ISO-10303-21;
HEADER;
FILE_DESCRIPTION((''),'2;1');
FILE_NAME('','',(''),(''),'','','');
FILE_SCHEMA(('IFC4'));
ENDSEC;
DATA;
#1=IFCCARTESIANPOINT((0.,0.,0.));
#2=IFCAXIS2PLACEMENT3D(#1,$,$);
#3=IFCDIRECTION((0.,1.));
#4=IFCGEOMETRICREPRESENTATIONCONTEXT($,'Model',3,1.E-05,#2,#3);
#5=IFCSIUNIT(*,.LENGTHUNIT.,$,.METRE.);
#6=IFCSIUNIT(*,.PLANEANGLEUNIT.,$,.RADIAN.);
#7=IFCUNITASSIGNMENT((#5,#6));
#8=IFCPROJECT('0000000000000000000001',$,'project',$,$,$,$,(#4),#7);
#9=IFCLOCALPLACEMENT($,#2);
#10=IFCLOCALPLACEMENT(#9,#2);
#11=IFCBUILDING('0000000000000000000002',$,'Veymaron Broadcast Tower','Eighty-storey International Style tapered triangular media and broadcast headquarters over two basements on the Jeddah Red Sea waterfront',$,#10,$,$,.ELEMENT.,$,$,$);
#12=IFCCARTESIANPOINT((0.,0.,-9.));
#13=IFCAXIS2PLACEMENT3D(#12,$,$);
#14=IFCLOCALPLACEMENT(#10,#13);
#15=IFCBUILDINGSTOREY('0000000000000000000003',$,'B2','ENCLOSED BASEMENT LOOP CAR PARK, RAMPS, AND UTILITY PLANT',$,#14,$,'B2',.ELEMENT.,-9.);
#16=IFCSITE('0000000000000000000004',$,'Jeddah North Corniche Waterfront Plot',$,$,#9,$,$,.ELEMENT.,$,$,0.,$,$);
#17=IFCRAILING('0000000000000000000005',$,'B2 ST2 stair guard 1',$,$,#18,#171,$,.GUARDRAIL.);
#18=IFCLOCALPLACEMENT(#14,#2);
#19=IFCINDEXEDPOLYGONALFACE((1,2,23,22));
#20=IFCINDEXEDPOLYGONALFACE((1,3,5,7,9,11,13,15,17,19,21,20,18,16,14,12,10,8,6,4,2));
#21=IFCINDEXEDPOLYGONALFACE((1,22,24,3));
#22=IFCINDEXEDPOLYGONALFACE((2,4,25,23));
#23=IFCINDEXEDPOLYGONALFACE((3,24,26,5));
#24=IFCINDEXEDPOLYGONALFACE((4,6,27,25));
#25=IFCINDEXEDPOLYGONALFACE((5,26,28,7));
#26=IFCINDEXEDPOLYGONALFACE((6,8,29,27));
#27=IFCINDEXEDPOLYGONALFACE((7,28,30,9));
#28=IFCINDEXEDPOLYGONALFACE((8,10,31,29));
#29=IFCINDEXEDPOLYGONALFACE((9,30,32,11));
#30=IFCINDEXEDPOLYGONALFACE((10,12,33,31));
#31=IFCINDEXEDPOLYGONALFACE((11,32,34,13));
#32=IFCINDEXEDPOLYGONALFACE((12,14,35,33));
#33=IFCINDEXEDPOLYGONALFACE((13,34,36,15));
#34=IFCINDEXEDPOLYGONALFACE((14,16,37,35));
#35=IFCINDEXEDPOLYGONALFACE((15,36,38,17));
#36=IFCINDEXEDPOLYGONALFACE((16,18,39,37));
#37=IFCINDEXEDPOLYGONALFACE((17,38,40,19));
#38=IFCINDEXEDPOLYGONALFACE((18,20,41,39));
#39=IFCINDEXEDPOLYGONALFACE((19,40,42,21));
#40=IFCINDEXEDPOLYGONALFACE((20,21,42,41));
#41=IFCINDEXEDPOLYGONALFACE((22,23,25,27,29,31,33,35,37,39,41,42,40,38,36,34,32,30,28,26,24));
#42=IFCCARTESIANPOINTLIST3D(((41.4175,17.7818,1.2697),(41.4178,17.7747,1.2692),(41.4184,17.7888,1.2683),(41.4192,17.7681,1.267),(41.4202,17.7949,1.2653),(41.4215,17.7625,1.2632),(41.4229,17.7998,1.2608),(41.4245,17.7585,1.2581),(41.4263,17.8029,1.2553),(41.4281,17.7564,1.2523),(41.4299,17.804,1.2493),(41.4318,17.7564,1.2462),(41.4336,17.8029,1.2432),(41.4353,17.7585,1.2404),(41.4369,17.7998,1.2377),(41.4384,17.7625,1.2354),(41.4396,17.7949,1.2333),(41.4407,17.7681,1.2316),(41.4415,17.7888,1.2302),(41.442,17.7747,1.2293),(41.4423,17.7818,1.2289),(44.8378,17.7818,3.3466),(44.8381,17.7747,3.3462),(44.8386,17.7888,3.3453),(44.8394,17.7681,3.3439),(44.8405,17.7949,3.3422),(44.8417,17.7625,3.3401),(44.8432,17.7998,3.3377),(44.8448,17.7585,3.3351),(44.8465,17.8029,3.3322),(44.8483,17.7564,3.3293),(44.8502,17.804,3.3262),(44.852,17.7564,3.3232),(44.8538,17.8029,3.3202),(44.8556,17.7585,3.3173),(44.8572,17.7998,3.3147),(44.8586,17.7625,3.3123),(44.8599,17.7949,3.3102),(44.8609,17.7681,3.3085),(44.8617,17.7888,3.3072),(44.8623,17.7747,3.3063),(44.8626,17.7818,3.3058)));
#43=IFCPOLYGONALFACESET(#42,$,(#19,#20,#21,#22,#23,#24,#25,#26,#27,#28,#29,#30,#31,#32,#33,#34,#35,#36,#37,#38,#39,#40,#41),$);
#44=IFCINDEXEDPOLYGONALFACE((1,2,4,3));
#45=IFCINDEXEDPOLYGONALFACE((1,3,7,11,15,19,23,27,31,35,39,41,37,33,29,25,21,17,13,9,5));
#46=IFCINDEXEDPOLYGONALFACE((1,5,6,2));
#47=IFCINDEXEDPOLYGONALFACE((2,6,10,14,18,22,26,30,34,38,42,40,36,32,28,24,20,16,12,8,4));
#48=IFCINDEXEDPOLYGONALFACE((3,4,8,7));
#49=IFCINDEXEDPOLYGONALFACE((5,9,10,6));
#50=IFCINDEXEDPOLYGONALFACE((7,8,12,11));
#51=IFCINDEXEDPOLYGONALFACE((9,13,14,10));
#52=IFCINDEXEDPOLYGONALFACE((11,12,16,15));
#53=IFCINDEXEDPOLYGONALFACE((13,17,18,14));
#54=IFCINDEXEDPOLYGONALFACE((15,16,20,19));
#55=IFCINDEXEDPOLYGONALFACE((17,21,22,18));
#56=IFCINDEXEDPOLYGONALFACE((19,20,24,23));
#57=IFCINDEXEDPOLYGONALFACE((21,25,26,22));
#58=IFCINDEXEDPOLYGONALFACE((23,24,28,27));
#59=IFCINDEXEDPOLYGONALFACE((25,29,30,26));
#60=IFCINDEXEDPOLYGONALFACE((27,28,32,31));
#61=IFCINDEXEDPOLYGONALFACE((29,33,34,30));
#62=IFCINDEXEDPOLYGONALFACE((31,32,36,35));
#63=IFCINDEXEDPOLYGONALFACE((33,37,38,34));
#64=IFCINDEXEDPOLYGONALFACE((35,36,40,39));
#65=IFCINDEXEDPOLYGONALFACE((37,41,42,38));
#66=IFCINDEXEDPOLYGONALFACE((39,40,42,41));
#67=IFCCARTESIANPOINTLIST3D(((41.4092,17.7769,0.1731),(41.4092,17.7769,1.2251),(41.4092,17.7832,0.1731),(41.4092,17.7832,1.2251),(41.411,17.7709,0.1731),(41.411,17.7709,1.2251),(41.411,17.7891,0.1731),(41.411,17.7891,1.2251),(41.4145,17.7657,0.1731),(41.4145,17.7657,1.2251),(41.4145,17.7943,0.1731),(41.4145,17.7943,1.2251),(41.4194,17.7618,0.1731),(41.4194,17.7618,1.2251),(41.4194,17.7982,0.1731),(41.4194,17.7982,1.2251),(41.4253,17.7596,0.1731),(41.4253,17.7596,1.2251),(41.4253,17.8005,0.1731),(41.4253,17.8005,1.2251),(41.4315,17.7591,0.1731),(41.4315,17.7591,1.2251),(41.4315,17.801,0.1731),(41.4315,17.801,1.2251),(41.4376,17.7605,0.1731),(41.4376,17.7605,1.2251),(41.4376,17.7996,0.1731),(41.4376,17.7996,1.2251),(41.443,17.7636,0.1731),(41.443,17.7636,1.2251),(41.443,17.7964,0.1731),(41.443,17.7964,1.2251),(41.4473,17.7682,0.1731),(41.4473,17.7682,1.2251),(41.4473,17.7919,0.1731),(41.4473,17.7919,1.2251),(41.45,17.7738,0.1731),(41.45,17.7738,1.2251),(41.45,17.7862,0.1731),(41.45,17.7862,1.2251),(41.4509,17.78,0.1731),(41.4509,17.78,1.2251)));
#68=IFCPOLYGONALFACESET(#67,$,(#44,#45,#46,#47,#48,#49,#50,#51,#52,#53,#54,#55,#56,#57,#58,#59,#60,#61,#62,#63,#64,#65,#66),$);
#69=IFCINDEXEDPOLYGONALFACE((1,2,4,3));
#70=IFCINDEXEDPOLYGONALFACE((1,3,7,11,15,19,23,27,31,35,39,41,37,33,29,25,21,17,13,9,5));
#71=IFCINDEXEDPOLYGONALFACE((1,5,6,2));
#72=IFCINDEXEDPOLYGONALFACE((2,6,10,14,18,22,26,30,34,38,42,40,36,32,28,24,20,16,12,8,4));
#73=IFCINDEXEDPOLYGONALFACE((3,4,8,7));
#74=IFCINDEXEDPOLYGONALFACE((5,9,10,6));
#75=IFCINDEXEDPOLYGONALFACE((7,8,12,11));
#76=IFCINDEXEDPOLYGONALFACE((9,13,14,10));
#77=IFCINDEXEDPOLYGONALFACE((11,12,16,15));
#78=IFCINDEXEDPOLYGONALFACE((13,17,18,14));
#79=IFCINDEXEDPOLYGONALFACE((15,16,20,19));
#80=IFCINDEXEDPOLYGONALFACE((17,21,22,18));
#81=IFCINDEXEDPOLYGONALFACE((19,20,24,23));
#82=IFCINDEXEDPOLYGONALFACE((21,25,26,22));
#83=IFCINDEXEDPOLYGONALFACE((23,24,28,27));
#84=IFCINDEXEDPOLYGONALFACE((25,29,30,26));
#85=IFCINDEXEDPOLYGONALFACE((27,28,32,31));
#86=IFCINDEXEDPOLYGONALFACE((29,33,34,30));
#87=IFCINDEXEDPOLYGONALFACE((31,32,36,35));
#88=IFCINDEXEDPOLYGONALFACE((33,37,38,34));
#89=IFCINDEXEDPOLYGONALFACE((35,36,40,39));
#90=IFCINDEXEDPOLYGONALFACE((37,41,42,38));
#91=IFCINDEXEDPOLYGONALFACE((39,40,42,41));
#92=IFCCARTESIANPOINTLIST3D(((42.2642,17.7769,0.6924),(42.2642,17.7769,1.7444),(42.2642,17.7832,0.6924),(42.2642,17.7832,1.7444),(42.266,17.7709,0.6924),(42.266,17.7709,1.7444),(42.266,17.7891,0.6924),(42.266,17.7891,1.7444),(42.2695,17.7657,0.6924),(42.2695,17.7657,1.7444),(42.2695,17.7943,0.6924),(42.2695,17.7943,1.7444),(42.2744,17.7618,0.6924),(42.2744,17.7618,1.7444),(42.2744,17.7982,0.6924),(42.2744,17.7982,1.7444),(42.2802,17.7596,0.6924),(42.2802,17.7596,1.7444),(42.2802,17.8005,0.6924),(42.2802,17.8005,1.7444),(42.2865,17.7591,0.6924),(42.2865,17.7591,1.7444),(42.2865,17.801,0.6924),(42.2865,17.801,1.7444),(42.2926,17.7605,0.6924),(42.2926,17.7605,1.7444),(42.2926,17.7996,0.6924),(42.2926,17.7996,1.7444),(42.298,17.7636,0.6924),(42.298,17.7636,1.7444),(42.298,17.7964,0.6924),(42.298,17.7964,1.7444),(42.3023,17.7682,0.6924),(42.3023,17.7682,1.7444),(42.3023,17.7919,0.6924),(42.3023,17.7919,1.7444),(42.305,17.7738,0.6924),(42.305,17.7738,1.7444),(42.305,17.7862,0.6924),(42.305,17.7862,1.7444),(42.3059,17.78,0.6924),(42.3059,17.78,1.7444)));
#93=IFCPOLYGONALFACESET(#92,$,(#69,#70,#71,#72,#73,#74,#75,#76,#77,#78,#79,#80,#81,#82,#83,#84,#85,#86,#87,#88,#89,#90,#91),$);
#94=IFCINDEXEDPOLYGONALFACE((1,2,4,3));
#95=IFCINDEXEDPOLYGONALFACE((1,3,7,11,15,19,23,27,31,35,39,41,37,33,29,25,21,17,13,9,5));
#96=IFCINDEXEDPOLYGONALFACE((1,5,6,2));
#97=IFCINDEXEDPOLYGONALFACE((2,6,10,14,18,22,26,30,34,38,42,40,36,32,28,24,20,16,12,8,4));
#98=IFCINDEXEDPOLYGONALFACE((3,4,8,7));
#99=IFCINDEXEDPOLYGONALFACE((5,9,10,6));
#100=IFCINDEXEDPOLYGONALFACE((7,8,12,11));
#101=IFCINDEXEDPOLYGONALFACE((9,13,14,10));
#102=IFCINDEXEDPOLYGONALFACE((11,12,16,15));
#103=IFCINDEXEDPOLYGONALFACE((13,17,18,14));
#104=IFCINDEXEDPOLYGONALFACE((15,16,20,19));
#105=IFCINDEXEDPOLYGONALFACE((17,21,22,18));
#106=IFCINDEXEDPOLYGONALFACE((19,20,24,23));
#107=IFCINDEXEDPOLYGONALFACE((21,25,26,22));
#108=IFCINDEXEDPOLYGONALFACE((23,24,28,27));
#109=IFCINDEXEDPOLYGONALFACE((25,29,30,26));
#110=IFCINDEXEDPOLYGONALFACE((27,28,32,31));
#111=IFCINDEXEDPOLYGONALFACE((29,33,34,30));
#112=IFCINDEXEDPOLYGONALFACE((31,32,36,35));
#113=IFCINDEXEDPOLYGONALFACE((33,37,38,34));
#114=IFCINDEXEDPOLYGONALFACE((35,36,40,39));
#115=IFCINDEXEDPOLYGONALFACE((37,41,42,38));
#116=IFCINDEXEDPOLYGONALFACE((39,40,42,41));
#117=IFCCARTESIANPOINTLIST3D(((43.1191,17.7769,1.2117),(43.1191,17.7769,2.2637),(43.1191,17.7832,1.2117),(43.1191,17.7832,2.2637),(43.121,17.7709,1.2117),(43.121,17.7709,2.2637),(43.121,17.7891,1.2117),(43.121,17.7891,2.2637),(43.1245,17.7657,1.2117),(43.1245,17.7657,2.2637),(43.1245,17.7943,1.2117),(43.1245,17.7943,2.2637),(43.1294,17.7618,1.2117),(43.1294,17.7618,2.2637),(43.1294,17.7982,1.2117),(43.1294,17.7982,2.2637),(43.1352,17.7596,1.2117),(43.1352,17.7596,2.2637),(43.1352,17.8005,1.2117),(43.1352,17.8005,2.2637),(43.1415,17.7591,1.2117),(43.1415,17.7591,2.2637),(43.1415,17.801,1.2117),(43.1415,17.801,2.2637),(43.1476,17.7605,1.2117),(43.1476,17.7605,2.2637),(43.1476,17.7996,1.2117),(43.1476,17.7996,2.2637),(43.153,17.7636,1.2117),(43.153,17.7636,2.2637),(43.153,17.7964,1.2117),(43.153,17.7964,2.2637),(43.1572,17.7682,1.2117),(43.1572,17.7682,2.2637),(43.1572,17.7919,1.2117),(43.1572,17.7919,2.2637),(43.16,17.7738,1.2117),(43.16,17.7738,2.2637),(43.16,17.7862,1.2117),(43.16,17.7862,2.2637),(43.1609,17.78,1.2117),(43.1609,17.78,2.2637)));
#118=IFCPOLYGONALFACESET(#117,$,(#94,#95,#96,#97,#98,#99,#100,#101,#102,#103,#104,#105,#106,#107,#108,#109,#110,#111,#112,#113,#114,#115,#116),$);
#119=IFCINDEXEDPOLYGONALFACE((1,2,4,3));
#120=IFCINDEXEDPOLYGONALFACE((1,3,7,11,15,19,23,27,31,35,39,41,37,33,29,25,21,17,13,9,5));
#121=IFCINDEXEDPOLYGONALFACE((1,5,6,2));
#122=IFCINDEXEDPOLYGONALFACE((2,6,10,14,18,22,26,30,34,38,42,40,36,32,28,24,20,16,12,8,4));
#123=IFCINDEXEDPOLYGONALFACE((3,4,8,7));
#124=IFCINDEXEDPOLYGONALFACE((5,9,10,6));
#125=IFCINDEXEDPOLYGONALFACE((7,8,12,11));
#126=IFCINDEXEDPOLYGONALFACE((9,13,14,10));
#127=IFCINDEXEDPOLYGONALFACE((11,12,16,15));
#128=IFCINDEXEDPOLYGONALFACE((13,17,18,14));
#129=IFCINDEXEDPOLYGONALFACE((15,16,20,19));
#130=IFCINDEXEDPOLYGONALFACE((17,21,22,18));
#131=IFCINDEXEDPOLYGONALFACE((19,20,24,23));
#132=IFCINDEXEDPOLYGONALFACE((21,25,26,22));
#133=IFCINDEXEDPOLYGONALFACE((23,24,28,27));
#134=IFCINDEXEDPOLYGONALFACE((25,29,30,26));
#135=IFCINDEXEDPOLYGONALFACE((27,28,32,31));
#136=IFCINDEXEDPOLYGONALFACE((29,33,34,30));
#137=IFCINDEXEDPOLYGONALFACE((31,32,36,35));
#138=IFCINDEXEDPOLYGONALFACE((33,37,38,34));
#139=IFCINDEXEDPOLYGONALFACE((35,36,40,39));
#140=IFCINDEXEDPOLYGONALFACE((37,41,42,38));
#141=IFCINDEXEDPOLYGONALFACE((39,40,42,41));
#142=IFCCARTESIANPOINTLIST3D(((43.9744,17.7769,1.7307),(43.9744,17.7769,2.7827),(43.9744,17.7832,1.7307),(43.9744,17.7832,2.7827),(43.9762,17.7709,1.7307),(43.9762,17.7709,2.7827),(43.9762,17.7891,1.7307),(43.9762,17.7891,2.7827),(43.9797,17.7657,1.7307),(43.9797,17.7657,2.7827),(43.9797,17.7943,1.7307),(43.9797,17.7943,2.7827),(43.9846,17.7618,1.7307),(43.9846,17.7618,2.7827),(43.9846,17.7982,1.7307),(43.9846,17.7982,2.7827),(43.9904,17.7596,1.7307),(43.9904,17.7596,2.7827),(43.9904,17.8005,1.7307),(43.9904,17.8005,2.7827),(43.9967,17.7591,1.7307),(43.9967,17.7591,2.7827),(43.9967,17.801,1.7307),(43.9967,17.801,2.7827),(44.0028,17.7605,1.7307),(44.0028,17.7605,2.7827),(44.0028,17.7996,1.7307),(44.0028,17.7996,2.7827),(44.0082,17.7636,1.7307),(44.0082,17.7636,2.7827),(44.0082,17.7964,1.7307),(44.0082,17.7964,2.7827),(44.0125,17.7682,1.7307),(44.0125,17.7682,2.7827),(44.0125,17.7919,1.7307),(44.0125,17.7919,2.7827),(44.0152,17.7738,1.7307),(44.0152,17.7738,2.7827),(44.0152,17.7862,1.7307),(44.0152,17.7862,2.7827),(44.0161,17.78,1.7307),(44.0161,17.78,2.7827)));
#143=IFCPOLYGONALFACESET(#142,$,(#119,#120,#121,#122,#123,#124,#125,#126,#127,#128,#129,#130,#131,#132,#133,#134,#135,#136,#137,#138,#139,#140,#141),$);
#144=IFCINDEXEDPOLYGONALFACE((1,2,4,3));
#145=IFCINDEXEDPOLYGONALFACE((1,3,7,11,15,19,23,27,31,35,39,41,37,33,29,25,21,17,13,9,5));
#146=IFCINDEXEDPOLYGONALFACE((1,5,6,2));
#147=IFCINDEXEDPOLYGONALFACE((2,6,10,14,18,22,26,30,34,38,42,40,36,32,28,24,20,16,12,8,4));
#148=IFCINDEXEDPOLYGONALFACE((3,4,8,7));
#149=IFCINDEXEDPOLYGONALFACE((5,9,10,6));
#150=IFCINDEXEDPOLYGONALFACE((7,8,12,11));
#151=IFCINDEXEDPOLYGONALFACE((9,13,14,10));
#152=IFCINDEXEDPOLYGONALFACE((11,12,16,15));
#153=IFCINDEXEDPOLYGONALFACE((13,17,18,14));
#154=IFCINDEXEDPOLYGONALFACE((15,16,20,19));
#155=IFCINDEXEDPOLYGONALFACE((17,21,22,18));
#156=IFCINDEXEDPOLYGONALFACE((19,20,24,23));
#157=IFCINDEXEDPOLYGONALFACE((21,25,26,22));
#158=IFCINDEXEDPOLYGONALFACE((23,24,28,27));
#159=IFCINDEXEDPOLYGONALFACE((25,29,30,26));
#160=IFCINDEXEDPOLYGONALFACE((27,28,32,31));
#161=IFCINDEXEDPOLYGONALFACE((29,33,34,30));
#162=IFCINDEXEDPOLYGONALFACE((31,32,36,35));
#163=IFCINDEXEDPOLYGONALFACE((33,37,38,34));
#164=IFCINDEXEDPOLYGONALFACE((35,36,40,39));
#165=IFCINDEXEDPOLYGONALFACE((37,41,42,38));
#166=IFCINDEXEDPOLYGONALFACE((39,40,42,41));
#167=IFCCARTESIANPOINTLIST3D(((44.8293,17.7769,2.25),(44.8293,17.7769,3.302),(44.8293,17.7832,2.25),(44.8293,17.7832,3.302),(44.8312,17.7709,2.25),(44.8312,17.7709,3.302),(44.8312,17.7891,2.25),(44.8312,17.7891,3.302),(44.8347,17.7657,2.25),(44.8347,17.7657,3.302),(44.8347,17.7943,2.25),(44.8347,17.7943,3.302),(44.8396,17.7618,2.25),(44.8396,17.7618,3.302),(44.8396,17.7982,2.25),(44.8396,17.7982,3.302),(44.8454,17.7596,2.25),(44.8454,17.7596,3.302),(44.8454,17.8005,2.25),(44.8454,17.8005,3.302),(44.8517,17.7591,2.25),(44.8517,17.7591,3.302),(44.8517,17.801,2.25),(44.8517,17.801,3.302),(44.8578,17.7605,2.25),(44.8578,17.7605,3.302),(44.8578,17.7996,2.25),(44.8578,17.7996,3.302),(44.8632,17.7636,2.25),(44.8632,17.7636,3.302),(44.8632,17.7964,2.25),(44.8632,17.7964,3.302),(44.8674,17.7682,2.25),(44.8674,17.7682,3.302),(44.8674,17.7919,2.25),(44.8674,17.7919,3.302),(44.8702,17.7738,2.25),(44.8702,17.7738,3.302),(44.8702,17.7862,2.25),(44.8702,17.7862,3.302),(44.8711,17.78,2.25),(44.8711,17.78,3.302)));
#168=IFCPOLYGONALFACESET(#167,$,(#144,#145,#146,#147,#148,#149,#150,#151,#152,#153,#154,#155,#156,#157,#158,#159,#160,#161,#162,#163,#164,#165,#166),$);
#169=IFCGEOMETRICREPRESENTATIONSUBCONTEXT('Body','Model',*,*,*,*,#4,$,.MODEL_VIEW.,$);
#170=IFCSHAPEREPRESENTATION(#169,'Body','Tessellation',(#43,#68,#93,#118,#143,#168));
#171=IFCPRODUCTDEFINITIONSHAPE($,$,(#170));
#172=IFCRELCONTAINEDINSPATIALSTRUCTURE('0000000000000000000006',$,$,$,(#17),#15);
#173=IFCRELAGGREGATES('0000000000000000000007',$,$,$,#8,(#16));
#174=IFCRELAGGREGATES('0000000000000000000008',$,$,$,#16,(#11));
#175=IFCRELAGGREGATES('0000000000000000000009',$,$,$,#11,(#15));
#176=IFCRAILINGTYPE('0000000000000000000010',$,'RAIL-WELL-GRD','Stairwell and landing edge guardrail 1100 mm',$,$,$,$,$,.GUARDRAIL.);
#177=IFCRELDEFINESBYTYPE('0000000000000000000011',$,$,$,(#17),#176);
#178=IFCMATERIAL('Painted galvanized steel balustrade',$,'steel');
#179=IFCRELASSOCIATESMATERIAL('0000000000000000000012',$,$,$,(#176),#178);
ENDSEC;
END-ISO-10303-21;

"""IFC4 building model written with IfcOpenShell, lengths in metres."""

from ifc_helpers import new_model, si_unit, direction, frame, origin, origin_2d, place, context, subcontext, project, spatial, circle, extrude, material, type_object, element, save


model = new_model("IFC4")

# Units and contexts
model_context = context("Model", 3, precision=1e-05, world=origin(), true_north=direction((0.0, 1.0)))
body_context = subcontext(model_context, "Body", "Model", "MODEL_VIEW")
ifc_project = project(units=[si_unit("LENGTHUNIT", "METRE"), si_unit("PLANEANGLEUNIT", "RADIAN")], contexts=[model_context])

# Site, building, storey
site_placement = place(None, origin())
site = spatial("IfcSite", under=ifc_project, at=site_placement, Name="Jeddah North Corniche Waterfront Plot", CompositionType="ELEMENT", RefElevation=0.0)
building_placement = place(site_placement, origin())
building = spatial("IfcBuilding", under=site, at=building_placement, Name="Veymaron Broadcast Tower", Description="Eighty-storey International Style tapered triangular media and broadcast headquarters over two basements on the Jeddah Red Sea waterfront", CompositionType="ELEMENT")
storey_placement = place(building_placement, frame((0.0, 0.0, -9.0)))
storey = spatial("IfcBuildingStorey", under=building, at=storey_placement, Name="B2", Description="ENCLOSED BASEMENT LOOP CAR PARK, RAMPS, AND UTILITY PLANT", LongName="B2", CompositionType="ELEMENT", Elevation=-9.0)

# Railing
ifc_material_1 = material(Name="Painted galvanized steel balustrade", Category="steel")
railing_type_1 = type_object("IfcRailingType", Name="RAIL-WELL-GRD", Description="Stairwell and landing edge guardrail 1100 mm", PredefinedType="GUARDRAIL", material=ifc_material_1)
railing_1_placement = place(storey_placement, frame((41.4299, 17.78, 0.1731)))
element("IfcRailing", 1, at=railing_1_placement, inside=storey, type_object=railing_type_1, Name="B2 ST2 stair guard 1", PredefinedType="GUARDRAIL", context=body_context, shape_type="SweptSolid", body=[
    extrude(circle(Radius=0.0239, at=origin_2d()), frame((0.0, 0.0, 1.0762), z_axis=(0.854746, 0.0, 0.519047), x_axis=(0.0, 1.0, 0.0)), (0.0, 0.0, 1.0), 4.0015),
    extrude(circle(Radius=0.021, at=origin_2d()), origin(), (0.0, 0.0, 1.0), 1.052),
    extrude(circle(Radius=0.021, at=origin_2d()), frame((0.855, 0.0, 0.5193)), (0.0, 0.0, 1.0), 1.052),
    extrude(circle(Radius=0.021, at=origin_2d()), frame((1.71, 0.0, 1.0386)), (0.0, 0.0, 1.0), 1.052),
    extrude(circle(Radius=0.021, at=origin_2d()), frame((2.5652, 0.0, 1.5576)), (0.0, 0.0, 1.0), 1.052),
    extrude(circle(Radius=0.021, at=origin_2d()), frame((3.4202, 0.0, 2.0769)), (0.0, 0.0, 1.0), 1.052),
])

save(model, "model.ifc")
